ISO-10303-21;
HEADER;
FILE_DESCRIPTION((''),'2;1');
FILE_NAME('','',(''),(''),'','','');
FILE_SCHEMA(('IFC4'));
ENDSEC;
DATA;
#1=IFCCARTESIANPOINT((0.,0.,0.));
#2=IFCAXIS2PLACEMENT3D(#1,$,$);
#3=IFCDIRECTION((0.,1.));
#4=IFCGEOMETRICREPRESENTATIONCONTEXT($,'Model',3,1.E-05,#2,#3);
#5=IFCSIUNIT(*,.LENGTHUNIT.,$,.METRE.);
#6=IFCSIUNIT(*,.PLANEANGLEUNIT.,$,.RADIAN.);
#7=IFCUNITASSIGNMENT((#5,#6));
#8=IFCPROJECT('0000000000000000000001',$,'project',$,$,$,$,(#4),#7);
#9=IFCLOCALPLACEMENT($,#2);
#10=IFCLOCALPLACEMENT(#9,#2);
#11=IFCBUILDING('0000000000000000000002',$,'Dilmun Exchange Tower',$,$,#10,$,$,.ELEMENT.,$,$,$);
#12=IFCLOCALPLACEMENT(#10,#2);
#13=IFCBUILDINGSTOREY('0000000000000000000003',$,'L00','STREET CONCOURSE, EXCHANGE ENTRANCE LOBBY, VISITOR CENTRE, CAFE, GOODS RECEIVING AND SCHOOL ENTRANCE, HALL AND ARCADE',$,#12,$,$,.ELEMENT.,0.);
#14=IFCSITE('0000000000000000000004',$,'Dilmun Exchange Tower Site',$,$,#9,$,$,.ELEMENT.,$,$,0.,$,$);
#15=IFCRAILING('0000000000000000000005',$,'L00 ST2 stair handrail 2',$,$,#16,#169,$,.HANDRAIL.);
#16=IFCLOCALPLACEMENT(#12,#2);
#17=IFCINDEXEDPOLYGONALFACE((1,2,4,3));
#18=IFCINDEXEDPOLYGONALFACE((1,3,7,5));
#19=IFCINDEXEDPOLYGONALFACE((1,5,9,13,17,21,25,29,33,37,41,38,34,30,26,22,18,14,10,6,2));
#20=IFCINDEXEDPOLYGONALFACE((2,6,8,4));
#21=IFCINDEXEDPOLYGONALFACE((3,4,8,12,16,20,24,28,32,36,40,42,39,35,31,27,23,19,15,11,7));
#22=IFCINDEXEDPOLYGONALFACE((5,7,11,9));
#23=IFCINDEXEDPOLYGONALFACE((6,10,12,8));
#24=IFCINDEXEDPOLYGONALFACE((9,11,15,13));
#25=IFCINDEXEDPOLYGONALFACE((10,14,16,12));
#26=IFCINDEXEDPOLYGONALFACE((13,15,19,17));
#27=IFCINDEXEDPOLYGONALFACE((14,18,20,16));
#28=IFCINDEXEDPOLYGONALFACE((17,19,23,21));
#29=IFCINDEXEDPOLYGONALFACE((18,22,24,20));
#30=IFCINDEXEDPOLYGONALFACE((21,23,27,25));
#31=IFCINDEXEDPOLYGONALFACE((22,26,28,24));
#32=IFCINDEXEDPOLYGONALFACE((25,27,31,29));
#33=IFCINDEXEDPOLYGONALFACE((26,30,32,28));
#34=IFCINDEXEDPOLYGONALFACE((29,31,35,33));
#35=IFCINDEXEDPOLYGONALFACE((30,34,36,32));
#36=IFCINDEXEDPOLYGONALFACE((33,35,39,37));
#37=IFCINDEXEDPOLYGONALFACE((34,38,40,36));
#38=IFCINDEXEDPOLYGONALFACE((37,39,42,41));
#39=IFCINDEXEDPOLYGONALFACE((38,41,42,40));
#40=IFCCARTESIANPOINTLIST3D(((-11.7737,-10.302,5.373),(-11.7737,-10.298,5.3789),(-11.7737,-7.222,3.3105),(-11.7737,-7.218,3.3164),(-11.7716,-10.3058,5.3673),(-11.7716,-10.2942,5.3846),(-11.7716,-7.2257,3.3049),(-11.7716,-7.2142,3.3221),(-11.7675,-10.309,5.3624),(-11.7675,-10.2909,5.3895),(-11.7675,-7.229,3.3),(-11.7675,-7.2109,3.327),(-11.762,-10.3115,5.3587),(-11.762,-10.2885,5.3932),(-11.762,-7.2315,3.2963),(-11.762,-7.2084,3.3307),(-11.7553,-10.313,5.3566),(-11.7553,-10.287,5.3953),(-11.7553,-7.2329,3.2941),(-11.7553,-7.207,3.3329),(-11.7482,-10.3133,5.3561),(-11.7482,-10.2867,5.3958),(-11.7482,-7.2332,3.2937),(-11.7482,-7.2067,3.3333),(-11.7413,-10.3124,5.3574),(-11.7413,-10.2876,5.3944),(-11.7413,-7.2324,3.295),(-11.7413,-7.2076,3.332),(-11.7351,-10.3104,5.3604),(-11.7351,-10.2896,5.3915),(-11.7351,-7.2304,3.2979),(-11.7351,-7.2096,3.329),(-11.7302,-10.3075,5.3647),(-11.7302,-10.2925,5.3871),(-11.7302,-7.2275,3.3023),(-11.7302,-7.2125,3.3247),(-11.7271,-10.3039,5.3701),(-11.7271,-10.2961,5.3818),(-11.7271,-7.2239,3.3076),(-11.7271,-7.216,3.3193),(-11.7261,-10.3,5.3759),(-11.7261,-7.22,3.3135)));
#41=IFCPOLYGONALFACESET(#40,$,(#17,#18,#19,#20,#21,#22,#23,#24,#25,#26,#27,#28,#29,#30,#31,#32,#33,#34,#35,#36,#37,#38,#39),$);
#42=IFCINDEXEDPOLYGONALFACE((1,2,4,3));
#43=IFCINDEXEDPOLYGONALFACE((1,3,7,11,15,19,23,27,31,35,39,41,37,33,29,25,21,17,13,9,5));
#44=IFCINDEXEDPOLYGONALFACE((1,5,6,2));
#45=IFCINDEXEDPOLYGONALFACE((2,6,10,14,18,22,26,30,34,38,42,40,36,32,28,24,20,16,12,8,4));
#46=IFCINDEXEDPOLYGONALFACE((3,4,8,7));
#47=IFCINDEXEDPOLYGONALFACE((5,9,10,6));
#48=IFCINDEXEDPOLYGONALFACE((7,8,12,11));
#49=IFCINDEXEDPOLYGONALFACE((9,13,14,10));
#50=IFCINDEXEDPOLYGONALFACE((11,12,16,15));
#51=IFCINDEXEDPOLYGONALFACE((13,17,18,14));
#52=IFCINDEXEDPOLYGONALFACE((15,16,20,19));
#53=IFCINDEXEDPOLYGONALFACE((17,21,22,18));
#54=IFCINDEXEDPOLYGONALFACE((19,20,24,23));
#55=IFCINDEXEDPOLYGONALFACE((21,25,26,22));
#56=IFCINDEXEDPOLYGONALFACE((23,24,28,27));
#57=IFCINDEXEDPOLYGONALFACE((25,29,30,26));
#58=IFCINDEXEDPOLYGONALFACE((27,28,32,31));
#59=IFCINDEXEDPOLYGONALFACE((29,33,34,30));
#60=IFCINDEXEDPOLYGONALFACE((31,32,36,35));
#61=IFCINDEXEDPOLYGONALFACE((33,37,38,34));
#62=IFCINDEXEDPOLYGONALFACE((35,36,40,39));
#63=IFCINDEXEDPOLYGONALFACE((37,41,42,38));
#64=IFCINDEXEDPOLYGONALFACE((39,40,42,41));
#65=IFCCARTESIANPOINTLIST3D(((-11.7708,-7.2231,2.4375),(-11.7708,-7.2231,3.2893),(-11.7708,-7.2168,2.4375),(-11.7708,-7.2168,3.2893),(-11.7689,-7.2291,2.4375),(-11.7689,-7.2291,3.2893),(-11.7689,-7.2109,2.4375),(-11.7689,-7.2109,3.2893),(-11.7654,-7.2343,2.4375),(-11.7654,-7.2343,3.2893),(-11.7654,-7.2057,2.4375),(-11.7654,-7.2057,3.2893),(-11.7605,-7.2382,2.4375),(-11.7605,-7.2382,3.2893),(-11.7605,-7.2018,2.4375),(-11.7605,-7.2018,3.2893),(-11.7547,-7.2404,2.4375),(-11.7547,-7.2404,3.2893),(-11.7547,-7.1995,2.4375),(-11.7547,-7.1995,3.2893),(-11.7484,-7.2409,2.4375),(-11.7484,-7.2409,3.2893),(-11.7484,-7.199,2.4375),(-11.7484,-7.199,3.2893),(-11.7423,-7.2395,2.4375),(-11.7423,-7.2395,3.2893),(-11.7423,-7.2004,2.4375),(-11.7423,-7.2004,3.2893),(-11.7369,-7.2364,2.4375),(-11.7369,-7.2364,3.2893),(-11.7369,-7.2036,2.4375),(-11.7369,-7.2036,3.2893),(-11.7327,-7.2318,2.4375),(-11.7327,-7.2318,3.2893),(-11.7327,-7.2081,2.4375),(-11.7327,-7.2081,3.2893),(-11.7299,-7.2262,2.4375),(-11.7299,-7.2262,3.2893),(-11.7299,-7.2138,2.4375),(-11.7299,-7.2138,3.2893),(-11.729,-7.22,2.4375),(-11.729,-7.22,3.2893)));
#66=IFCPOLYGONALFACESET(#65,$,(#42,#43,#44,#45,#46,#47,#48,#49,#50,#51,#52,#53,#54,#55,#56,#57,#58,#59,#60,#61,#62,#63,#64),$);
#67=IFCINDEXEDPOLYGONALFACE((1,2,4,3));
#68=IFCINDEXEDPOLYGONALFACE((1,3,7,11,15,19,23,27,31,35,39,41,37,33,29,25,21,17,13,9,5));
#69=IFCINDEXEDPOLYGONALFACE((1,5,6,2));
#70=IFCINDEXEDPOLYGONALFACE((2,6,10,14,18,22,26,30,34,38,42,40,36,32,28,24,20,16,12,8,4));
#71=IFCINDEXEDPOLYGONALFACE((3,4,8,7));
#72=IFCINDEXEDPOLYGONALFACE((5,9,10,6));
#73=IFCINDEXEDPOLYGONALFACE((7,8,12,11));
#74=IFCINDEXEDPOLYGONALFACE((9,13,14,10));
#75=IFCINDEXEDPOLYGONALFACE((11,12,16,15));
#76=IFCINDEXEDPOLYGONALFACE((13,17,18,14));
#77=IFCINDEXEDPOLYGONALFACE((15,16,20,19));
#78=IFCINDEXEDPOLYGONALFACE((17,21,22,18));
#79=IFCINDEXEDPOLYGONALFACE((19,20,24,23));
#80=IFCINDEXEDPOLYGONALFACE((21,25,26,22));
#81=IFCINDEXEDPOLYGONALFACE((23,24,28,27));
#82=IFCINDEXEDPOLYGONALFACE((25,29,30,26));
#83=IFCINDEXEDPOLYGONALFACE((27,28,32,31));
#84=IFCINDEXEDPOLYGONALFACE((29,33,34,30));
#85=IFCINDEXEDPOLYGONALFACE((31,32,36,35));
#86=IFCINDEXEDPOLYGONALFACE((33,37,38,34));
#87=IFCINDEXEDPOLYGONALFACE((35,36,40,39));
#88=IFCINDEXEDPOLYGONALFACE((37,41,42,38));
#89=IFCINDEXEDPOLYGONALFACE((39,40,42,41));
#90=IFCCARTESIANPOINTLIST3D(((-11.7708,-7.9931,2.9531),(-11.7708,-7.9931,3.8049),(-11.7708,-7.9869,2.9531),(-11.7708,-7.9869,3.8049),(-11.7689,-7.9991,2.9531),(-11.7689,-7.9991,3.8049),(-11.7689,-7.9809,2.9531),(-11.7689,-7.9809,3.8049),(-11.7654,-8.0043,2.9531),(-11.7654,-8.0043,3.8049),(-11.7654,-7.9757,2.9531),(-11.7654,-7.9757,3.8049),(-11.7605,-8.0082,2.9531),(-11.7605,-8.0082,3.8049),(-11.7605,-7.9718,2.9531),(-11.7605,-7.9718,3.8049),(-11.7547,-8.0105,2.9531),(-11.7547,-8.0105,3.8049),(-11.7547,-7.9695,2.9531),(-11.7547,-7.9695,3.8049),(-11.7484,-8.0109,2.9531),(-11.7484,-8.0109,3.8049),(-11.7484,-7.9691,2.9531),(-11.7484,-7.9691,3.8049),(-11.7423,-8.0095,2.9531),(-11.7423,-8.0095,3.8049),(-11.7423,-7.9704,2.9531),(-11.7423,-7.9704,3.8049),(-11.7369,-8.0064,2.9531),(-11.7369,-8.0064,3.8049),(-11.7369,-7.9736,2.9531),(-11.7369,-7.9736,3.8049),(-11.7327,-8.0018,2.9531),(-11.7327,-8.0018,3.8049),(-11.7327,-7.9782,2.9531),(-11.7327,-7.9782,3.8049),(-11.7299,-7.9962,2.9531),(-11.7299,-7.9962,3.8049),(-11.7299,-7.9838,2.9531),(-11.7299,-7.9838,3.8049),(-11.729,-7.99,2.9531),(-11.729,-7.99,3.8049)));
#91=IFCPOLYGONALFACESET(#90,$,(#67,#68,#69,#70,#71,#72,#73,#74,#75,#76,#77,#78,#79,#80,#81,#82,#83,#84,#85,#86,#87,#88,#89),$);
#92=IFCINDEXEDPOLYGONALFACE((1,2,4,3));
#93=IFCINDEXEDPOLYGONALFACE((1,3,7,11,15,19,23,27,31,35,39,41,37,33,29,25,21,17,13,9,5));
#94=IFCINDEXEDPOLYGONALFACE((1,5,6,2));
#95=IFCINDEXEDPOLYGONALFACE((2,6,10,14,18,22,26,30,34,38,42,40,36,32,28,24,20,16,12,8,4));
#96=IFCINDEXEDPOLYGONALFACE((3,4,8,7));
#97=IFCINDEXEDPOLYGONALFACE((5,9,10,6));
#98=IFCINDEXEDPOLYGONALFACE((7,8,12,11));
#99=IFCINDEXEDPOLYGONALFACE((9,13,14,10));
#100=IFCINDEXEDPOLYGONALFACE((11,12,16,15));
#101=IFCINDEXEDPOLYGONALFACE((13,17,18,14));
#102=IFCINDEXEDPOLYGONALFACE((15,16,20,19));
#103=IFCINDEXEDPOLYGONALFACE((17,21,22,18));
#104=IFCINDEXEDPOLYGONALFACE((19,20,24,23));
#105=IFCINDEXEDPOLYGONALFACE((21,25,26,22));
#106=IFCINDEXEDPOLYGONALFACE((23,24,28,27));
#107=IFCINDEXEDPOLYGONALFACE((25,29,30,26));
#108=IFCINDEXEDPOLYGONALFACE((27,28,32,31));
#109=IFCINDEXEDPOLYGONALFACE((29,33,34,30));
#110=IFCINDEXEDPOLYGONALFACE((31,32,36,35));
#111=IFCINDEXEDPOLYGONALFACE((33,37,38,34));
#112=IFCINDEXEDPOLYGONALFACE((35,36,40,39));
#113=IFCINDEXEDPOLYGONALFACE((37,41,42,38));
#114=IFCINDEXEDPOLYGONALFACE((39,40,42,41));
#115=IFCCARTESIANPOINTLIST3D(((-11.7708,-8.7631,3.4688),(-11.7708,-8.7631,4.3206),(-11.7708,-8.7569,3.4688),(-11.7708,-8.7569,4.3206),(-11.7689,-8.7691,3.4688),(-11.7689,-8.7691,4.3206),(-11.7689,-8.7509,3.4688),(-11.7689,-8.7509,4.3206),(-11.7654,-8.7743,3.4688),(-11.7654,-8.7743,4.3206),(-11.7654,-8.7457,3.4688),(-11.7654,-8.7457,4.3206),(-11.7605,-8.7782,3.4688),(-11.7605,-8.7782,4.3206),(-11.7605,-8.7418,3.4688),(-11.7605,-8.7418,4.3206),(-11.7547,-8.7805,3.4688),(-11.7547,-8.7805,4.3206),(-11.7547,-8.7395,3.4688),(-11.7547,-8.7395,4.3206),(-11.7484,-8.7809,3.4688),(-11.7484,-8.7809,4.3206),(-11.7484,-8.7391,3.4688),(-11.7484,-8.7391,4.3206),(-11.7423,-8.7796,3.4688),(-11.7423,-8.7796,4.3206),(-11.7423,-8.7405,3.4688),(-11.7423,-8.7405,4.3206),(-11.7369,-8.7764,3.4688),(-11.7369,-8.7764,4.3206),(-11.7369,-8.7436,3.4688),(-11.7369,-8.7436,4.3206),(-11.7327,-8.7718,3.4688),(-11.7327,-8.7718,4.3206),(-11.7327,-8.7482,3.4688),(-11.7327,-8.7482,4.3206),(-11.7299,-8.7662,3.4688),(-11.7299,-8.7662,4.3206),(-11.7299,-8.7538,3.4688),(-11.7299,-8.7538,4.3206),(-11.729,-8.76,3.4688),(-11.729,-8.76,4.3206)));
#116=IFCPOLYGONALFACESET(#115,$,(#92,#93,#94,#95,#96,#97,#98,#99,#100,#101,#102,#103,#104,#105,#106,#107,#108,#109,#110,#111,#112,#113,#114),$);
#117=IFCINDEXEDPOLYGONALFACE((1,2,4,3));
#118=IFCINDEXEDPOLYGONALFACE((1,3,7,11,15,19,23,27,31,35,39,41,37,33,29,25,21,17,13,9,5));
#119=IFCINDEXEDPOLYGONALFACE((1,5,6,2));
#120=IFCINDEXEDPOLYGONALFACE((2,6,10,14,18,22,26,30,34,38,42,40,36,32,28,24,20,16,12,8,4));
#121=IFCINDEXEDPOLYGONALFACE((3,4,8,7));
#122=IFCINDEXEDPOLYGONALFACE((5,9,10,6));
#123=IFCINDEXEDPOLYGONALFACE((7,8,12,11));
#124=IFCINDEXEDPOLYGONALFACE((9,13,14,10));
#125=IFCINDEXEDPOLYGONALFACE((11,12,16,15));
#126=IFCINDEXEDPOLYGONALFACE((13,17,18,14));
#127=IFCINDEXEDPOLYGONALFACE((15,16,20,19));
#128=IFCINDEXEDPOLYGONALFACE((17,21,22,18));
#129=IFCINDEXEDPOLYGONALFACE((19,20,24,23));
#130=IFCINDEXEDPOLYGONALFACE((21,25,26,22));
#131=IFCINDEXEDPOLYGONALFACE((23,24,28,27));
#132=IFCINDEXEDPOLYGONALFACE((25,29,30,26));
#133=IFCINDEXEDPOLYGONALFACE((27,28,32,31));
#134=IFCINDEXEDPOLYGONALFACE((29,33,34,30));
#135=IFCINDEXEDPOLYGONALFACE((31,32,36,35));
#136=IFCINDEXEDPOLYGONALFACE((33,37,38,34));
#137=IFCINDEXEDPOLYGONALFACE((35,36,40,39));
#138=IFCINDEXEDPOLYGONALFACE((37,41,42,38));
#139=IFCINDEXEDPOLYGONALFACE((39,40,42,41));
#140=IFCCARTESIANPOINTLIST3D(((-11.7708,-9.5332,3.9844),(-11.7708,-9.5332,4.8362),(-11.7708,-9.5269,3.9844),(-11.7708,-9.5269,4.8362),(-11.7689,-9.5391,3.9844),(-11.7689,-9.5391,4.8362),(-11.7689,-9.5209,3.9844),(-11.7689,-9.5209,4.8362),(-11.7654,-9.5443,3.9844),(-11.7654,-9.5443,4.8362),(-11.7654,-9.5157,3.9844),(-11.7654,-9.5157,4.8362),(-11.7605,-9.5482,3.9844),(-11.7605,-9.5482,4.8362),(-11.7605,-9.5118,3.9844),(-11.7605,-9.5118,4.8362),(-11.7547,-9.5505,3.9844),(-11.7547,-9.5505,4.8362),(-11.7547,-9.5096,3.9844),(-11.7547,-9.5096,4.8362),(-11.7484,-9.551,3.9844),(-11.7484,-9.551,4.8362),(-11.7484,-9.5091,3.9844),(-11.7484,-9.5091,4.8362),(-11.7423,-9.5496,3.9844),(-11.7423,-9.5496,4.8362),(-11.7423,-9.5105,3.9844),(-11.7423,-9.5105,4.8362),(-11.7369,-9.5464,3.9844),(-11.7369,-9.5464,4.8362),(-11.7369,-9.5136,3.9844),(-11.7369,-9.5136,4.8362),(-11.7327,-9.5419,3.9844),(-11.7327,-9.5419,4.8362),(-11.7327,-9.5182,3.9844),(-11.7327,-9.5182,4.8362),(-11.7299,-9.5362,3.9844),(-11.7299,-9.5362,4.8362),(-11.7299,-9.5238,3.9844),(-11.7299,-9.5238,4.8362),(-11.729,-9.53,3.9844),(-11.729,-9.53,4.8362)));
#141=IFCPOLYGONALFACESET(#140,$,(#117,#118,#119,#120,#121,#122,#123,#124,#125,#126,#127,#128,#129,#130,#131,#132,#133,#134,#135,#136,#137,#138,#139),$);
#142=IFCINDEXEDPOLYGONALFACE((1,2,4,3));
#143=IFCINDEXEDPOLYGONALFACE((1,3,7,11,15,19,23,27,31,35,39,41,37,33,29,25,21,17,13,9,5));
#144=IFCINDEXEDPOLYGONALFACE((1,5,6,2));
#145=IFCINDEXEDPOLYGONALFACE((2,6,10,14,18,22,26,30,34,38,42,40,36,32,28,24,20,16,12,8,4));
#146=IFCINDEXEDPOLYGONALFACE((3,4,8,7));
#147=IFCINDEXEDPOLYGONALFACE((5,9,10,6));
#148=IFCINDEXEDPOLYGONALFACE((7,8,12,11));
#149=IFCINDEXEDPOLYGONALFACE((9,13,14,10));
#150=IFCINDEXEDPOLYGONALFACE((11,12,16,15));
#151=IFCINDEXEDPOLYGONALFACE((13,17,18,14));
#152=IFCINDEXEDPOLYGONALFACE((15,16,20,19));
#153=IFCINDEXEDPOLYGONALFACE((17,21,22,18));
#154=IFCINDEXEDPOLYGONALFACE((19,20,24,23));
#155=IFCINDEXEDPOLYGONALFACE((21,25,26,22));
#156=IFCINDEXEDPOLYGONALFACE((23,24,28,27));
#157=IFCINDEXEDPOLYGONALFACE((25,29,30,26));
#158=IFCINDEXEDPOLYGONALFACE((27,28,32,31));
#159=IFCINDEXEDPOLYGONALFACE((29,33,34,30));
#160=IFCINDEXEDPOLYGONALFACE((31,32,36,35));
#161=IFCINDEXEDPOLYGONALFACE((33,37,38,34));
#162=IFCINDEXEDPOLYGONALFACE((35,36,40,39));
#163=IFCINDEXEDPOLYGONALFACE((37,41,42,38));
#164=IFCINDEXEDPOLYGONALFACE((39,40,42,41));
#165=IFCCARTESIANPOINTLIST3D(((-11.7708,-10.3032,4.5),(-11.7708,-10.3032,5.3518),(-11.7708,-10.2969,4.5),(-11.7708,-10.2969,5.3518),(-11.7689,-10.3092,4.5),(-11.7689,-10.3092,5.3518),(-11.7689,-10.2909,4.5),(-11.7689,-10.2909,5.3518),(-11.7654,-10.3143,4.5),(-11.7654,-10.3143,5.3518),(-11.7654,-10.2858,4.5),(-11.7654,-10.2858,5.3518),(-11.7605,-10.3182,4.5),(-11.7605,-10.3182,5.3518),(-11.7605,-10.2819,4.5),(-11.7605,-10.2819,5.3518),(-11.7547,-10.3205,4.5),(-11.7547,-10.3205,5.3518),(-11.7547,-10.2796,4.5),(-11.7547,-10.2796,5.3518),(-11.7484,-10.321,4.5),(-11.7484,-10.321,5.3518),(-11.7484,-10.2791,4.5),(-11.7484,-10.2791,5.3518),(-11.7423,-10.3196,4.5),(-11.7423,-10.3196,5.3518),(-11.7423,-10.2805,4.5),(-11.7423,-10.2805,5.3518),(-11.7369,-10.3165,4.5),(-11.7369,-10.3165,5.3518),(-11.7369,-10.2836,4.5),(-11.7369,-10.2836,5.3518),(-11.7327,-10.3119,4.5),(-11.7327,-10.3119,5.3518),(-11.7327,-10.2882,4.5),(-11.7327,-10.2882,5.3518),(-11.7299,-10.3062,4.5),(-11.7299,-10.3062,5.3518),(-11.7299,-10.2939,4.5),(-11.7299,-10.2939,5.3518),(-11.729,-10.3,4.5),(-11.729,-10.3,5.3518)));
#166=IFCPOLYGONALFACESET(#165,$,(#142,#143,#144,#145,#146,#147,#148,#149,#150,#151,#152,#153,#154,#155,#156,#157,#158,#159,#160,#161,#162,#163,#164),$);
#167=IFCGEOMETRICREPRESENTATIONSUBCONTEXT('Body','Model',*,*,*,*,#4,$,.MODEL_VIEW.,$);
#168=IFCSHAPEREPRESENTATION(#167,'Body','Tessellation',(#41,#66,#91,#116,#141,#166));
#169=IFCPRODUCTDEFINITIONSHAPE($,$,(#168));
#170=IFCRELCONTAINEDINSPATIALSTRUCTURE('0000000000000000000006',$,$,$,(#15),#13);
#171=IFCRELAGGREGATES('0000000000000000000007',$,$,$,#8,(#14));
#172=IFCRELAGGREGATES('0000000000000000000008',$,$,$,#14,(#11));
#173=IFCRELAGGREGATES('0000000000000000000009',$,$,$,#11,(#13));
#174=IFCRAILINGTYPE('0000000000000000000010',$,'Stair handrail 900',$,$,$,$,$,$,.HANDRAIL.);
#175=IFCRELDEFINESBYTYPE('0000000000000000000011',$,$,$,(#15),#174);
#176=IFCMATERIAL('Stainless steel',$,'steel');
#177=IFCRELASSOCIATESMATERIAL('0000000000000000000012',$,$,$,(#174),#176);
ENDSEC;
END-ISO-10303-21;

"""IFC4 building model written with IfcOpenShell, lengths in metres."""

from ifc_helpers import new_model, si_unit, direction, frame, origin, origin_2d, place, context, subcontext, project, spatial, circle, extrude, material, type_object, element, save


model = new_model("IFC4")

# Units and contexts
model_context = context("Model", 3, precision=1e-05, world=origin(), true_north=direction((0.0, 1.0)))
body_context = subcontext(model_context, "Body", "Model", "MODEL_VIEW")
ifc_project = project(units=[si_unit("LENGTHUNIT", "METRE"), si_unit("PLANEANGLEUNIT", "RADIAN")], contexts=[model_context])

# Site, building, storey
site_placement = place(None, origin())
site = spatial("IfcSite", under=ifc_project, at=site_placement, Name="Dilmun Exchange Tower Site", CompositionType="ELEMENT", RefElevation=0.0)
building_placement = place(site_placement, origin())
building = spatial("IfcBuilding", under=site, at=building_placement, Name="Dilmun Exchange Tower", CompositionType="ELEMENT")
storey_placement = place(building_placement, origin())
storey = spatial("IfcBuildingStorey", under=building, at=storey_placement, Name="L00", Description="STREET CONCOURSE, EXCHANGE ENTRANCE LOBBY, VISITOR CENTRE, CAFE, GOODS RECEIVING AND SCHOOL ENTRANCE, HALL AND ARCADE", CompositionType="ELEMENT", Elevation=0.0)

# Railing
ifc_material_1 = material(Name="Stainless steel", Category="steel")
railing_type = type_object("IfcRailingType", Name="Stair handrail 900", PredefinedType="HANDRAIL", material=ifc_material_1)
railing_1_placement = place(storey_placement, frame((-11.75, -7.22, 2.4375)))
element("IfcRailing", 1, at=railing_1_placement, inside=storey, type_object=railing_type, Name="L00 ST2 stair handrail 2", PredefinedType="HANDRAIL", context=body_context, shape_type="SweptSolid", body=[
    extrude(circle(Radius=0.0239, at=origin_2d()), frame((0.0, 0.0, 0.876), z_axis=(0.0, -0.830914, 0.556401), x_axis=(1.0, 0.0, 0.0)), (0.0, 0.0, 1.0), 3.7068),
    extrude(circle(Radius=0.021, at=origin_2d()), origin(), (0.0, 0.0, 1.0), 0.8518),
    extrude(circle(Radius=0.021, at=origin_2d()), frame((0.0, -0.77, 0.5156)), (0.0, 0.0, 1.0), 0.8518),
    extrude(circle(Radius=0.021, at=origin_2d()), frame((0.0, -1.54, 1.0312)), (0.0, 0.0, 1.0), 0.8518),
    extrude(circle(Radius=0.021, at=origin_2d()), frame((0.0, -2.3101, 1.5469)), (0.0, 0.0, 1.0), 0.8518),
    extrude(circle(Radius=0.021, at=origin_2d()), frame((0.0, -3.0801, 2.0625)), (0.0, 0.0, 1.0), 0.8518),
])

save(model, "model.ifc")
